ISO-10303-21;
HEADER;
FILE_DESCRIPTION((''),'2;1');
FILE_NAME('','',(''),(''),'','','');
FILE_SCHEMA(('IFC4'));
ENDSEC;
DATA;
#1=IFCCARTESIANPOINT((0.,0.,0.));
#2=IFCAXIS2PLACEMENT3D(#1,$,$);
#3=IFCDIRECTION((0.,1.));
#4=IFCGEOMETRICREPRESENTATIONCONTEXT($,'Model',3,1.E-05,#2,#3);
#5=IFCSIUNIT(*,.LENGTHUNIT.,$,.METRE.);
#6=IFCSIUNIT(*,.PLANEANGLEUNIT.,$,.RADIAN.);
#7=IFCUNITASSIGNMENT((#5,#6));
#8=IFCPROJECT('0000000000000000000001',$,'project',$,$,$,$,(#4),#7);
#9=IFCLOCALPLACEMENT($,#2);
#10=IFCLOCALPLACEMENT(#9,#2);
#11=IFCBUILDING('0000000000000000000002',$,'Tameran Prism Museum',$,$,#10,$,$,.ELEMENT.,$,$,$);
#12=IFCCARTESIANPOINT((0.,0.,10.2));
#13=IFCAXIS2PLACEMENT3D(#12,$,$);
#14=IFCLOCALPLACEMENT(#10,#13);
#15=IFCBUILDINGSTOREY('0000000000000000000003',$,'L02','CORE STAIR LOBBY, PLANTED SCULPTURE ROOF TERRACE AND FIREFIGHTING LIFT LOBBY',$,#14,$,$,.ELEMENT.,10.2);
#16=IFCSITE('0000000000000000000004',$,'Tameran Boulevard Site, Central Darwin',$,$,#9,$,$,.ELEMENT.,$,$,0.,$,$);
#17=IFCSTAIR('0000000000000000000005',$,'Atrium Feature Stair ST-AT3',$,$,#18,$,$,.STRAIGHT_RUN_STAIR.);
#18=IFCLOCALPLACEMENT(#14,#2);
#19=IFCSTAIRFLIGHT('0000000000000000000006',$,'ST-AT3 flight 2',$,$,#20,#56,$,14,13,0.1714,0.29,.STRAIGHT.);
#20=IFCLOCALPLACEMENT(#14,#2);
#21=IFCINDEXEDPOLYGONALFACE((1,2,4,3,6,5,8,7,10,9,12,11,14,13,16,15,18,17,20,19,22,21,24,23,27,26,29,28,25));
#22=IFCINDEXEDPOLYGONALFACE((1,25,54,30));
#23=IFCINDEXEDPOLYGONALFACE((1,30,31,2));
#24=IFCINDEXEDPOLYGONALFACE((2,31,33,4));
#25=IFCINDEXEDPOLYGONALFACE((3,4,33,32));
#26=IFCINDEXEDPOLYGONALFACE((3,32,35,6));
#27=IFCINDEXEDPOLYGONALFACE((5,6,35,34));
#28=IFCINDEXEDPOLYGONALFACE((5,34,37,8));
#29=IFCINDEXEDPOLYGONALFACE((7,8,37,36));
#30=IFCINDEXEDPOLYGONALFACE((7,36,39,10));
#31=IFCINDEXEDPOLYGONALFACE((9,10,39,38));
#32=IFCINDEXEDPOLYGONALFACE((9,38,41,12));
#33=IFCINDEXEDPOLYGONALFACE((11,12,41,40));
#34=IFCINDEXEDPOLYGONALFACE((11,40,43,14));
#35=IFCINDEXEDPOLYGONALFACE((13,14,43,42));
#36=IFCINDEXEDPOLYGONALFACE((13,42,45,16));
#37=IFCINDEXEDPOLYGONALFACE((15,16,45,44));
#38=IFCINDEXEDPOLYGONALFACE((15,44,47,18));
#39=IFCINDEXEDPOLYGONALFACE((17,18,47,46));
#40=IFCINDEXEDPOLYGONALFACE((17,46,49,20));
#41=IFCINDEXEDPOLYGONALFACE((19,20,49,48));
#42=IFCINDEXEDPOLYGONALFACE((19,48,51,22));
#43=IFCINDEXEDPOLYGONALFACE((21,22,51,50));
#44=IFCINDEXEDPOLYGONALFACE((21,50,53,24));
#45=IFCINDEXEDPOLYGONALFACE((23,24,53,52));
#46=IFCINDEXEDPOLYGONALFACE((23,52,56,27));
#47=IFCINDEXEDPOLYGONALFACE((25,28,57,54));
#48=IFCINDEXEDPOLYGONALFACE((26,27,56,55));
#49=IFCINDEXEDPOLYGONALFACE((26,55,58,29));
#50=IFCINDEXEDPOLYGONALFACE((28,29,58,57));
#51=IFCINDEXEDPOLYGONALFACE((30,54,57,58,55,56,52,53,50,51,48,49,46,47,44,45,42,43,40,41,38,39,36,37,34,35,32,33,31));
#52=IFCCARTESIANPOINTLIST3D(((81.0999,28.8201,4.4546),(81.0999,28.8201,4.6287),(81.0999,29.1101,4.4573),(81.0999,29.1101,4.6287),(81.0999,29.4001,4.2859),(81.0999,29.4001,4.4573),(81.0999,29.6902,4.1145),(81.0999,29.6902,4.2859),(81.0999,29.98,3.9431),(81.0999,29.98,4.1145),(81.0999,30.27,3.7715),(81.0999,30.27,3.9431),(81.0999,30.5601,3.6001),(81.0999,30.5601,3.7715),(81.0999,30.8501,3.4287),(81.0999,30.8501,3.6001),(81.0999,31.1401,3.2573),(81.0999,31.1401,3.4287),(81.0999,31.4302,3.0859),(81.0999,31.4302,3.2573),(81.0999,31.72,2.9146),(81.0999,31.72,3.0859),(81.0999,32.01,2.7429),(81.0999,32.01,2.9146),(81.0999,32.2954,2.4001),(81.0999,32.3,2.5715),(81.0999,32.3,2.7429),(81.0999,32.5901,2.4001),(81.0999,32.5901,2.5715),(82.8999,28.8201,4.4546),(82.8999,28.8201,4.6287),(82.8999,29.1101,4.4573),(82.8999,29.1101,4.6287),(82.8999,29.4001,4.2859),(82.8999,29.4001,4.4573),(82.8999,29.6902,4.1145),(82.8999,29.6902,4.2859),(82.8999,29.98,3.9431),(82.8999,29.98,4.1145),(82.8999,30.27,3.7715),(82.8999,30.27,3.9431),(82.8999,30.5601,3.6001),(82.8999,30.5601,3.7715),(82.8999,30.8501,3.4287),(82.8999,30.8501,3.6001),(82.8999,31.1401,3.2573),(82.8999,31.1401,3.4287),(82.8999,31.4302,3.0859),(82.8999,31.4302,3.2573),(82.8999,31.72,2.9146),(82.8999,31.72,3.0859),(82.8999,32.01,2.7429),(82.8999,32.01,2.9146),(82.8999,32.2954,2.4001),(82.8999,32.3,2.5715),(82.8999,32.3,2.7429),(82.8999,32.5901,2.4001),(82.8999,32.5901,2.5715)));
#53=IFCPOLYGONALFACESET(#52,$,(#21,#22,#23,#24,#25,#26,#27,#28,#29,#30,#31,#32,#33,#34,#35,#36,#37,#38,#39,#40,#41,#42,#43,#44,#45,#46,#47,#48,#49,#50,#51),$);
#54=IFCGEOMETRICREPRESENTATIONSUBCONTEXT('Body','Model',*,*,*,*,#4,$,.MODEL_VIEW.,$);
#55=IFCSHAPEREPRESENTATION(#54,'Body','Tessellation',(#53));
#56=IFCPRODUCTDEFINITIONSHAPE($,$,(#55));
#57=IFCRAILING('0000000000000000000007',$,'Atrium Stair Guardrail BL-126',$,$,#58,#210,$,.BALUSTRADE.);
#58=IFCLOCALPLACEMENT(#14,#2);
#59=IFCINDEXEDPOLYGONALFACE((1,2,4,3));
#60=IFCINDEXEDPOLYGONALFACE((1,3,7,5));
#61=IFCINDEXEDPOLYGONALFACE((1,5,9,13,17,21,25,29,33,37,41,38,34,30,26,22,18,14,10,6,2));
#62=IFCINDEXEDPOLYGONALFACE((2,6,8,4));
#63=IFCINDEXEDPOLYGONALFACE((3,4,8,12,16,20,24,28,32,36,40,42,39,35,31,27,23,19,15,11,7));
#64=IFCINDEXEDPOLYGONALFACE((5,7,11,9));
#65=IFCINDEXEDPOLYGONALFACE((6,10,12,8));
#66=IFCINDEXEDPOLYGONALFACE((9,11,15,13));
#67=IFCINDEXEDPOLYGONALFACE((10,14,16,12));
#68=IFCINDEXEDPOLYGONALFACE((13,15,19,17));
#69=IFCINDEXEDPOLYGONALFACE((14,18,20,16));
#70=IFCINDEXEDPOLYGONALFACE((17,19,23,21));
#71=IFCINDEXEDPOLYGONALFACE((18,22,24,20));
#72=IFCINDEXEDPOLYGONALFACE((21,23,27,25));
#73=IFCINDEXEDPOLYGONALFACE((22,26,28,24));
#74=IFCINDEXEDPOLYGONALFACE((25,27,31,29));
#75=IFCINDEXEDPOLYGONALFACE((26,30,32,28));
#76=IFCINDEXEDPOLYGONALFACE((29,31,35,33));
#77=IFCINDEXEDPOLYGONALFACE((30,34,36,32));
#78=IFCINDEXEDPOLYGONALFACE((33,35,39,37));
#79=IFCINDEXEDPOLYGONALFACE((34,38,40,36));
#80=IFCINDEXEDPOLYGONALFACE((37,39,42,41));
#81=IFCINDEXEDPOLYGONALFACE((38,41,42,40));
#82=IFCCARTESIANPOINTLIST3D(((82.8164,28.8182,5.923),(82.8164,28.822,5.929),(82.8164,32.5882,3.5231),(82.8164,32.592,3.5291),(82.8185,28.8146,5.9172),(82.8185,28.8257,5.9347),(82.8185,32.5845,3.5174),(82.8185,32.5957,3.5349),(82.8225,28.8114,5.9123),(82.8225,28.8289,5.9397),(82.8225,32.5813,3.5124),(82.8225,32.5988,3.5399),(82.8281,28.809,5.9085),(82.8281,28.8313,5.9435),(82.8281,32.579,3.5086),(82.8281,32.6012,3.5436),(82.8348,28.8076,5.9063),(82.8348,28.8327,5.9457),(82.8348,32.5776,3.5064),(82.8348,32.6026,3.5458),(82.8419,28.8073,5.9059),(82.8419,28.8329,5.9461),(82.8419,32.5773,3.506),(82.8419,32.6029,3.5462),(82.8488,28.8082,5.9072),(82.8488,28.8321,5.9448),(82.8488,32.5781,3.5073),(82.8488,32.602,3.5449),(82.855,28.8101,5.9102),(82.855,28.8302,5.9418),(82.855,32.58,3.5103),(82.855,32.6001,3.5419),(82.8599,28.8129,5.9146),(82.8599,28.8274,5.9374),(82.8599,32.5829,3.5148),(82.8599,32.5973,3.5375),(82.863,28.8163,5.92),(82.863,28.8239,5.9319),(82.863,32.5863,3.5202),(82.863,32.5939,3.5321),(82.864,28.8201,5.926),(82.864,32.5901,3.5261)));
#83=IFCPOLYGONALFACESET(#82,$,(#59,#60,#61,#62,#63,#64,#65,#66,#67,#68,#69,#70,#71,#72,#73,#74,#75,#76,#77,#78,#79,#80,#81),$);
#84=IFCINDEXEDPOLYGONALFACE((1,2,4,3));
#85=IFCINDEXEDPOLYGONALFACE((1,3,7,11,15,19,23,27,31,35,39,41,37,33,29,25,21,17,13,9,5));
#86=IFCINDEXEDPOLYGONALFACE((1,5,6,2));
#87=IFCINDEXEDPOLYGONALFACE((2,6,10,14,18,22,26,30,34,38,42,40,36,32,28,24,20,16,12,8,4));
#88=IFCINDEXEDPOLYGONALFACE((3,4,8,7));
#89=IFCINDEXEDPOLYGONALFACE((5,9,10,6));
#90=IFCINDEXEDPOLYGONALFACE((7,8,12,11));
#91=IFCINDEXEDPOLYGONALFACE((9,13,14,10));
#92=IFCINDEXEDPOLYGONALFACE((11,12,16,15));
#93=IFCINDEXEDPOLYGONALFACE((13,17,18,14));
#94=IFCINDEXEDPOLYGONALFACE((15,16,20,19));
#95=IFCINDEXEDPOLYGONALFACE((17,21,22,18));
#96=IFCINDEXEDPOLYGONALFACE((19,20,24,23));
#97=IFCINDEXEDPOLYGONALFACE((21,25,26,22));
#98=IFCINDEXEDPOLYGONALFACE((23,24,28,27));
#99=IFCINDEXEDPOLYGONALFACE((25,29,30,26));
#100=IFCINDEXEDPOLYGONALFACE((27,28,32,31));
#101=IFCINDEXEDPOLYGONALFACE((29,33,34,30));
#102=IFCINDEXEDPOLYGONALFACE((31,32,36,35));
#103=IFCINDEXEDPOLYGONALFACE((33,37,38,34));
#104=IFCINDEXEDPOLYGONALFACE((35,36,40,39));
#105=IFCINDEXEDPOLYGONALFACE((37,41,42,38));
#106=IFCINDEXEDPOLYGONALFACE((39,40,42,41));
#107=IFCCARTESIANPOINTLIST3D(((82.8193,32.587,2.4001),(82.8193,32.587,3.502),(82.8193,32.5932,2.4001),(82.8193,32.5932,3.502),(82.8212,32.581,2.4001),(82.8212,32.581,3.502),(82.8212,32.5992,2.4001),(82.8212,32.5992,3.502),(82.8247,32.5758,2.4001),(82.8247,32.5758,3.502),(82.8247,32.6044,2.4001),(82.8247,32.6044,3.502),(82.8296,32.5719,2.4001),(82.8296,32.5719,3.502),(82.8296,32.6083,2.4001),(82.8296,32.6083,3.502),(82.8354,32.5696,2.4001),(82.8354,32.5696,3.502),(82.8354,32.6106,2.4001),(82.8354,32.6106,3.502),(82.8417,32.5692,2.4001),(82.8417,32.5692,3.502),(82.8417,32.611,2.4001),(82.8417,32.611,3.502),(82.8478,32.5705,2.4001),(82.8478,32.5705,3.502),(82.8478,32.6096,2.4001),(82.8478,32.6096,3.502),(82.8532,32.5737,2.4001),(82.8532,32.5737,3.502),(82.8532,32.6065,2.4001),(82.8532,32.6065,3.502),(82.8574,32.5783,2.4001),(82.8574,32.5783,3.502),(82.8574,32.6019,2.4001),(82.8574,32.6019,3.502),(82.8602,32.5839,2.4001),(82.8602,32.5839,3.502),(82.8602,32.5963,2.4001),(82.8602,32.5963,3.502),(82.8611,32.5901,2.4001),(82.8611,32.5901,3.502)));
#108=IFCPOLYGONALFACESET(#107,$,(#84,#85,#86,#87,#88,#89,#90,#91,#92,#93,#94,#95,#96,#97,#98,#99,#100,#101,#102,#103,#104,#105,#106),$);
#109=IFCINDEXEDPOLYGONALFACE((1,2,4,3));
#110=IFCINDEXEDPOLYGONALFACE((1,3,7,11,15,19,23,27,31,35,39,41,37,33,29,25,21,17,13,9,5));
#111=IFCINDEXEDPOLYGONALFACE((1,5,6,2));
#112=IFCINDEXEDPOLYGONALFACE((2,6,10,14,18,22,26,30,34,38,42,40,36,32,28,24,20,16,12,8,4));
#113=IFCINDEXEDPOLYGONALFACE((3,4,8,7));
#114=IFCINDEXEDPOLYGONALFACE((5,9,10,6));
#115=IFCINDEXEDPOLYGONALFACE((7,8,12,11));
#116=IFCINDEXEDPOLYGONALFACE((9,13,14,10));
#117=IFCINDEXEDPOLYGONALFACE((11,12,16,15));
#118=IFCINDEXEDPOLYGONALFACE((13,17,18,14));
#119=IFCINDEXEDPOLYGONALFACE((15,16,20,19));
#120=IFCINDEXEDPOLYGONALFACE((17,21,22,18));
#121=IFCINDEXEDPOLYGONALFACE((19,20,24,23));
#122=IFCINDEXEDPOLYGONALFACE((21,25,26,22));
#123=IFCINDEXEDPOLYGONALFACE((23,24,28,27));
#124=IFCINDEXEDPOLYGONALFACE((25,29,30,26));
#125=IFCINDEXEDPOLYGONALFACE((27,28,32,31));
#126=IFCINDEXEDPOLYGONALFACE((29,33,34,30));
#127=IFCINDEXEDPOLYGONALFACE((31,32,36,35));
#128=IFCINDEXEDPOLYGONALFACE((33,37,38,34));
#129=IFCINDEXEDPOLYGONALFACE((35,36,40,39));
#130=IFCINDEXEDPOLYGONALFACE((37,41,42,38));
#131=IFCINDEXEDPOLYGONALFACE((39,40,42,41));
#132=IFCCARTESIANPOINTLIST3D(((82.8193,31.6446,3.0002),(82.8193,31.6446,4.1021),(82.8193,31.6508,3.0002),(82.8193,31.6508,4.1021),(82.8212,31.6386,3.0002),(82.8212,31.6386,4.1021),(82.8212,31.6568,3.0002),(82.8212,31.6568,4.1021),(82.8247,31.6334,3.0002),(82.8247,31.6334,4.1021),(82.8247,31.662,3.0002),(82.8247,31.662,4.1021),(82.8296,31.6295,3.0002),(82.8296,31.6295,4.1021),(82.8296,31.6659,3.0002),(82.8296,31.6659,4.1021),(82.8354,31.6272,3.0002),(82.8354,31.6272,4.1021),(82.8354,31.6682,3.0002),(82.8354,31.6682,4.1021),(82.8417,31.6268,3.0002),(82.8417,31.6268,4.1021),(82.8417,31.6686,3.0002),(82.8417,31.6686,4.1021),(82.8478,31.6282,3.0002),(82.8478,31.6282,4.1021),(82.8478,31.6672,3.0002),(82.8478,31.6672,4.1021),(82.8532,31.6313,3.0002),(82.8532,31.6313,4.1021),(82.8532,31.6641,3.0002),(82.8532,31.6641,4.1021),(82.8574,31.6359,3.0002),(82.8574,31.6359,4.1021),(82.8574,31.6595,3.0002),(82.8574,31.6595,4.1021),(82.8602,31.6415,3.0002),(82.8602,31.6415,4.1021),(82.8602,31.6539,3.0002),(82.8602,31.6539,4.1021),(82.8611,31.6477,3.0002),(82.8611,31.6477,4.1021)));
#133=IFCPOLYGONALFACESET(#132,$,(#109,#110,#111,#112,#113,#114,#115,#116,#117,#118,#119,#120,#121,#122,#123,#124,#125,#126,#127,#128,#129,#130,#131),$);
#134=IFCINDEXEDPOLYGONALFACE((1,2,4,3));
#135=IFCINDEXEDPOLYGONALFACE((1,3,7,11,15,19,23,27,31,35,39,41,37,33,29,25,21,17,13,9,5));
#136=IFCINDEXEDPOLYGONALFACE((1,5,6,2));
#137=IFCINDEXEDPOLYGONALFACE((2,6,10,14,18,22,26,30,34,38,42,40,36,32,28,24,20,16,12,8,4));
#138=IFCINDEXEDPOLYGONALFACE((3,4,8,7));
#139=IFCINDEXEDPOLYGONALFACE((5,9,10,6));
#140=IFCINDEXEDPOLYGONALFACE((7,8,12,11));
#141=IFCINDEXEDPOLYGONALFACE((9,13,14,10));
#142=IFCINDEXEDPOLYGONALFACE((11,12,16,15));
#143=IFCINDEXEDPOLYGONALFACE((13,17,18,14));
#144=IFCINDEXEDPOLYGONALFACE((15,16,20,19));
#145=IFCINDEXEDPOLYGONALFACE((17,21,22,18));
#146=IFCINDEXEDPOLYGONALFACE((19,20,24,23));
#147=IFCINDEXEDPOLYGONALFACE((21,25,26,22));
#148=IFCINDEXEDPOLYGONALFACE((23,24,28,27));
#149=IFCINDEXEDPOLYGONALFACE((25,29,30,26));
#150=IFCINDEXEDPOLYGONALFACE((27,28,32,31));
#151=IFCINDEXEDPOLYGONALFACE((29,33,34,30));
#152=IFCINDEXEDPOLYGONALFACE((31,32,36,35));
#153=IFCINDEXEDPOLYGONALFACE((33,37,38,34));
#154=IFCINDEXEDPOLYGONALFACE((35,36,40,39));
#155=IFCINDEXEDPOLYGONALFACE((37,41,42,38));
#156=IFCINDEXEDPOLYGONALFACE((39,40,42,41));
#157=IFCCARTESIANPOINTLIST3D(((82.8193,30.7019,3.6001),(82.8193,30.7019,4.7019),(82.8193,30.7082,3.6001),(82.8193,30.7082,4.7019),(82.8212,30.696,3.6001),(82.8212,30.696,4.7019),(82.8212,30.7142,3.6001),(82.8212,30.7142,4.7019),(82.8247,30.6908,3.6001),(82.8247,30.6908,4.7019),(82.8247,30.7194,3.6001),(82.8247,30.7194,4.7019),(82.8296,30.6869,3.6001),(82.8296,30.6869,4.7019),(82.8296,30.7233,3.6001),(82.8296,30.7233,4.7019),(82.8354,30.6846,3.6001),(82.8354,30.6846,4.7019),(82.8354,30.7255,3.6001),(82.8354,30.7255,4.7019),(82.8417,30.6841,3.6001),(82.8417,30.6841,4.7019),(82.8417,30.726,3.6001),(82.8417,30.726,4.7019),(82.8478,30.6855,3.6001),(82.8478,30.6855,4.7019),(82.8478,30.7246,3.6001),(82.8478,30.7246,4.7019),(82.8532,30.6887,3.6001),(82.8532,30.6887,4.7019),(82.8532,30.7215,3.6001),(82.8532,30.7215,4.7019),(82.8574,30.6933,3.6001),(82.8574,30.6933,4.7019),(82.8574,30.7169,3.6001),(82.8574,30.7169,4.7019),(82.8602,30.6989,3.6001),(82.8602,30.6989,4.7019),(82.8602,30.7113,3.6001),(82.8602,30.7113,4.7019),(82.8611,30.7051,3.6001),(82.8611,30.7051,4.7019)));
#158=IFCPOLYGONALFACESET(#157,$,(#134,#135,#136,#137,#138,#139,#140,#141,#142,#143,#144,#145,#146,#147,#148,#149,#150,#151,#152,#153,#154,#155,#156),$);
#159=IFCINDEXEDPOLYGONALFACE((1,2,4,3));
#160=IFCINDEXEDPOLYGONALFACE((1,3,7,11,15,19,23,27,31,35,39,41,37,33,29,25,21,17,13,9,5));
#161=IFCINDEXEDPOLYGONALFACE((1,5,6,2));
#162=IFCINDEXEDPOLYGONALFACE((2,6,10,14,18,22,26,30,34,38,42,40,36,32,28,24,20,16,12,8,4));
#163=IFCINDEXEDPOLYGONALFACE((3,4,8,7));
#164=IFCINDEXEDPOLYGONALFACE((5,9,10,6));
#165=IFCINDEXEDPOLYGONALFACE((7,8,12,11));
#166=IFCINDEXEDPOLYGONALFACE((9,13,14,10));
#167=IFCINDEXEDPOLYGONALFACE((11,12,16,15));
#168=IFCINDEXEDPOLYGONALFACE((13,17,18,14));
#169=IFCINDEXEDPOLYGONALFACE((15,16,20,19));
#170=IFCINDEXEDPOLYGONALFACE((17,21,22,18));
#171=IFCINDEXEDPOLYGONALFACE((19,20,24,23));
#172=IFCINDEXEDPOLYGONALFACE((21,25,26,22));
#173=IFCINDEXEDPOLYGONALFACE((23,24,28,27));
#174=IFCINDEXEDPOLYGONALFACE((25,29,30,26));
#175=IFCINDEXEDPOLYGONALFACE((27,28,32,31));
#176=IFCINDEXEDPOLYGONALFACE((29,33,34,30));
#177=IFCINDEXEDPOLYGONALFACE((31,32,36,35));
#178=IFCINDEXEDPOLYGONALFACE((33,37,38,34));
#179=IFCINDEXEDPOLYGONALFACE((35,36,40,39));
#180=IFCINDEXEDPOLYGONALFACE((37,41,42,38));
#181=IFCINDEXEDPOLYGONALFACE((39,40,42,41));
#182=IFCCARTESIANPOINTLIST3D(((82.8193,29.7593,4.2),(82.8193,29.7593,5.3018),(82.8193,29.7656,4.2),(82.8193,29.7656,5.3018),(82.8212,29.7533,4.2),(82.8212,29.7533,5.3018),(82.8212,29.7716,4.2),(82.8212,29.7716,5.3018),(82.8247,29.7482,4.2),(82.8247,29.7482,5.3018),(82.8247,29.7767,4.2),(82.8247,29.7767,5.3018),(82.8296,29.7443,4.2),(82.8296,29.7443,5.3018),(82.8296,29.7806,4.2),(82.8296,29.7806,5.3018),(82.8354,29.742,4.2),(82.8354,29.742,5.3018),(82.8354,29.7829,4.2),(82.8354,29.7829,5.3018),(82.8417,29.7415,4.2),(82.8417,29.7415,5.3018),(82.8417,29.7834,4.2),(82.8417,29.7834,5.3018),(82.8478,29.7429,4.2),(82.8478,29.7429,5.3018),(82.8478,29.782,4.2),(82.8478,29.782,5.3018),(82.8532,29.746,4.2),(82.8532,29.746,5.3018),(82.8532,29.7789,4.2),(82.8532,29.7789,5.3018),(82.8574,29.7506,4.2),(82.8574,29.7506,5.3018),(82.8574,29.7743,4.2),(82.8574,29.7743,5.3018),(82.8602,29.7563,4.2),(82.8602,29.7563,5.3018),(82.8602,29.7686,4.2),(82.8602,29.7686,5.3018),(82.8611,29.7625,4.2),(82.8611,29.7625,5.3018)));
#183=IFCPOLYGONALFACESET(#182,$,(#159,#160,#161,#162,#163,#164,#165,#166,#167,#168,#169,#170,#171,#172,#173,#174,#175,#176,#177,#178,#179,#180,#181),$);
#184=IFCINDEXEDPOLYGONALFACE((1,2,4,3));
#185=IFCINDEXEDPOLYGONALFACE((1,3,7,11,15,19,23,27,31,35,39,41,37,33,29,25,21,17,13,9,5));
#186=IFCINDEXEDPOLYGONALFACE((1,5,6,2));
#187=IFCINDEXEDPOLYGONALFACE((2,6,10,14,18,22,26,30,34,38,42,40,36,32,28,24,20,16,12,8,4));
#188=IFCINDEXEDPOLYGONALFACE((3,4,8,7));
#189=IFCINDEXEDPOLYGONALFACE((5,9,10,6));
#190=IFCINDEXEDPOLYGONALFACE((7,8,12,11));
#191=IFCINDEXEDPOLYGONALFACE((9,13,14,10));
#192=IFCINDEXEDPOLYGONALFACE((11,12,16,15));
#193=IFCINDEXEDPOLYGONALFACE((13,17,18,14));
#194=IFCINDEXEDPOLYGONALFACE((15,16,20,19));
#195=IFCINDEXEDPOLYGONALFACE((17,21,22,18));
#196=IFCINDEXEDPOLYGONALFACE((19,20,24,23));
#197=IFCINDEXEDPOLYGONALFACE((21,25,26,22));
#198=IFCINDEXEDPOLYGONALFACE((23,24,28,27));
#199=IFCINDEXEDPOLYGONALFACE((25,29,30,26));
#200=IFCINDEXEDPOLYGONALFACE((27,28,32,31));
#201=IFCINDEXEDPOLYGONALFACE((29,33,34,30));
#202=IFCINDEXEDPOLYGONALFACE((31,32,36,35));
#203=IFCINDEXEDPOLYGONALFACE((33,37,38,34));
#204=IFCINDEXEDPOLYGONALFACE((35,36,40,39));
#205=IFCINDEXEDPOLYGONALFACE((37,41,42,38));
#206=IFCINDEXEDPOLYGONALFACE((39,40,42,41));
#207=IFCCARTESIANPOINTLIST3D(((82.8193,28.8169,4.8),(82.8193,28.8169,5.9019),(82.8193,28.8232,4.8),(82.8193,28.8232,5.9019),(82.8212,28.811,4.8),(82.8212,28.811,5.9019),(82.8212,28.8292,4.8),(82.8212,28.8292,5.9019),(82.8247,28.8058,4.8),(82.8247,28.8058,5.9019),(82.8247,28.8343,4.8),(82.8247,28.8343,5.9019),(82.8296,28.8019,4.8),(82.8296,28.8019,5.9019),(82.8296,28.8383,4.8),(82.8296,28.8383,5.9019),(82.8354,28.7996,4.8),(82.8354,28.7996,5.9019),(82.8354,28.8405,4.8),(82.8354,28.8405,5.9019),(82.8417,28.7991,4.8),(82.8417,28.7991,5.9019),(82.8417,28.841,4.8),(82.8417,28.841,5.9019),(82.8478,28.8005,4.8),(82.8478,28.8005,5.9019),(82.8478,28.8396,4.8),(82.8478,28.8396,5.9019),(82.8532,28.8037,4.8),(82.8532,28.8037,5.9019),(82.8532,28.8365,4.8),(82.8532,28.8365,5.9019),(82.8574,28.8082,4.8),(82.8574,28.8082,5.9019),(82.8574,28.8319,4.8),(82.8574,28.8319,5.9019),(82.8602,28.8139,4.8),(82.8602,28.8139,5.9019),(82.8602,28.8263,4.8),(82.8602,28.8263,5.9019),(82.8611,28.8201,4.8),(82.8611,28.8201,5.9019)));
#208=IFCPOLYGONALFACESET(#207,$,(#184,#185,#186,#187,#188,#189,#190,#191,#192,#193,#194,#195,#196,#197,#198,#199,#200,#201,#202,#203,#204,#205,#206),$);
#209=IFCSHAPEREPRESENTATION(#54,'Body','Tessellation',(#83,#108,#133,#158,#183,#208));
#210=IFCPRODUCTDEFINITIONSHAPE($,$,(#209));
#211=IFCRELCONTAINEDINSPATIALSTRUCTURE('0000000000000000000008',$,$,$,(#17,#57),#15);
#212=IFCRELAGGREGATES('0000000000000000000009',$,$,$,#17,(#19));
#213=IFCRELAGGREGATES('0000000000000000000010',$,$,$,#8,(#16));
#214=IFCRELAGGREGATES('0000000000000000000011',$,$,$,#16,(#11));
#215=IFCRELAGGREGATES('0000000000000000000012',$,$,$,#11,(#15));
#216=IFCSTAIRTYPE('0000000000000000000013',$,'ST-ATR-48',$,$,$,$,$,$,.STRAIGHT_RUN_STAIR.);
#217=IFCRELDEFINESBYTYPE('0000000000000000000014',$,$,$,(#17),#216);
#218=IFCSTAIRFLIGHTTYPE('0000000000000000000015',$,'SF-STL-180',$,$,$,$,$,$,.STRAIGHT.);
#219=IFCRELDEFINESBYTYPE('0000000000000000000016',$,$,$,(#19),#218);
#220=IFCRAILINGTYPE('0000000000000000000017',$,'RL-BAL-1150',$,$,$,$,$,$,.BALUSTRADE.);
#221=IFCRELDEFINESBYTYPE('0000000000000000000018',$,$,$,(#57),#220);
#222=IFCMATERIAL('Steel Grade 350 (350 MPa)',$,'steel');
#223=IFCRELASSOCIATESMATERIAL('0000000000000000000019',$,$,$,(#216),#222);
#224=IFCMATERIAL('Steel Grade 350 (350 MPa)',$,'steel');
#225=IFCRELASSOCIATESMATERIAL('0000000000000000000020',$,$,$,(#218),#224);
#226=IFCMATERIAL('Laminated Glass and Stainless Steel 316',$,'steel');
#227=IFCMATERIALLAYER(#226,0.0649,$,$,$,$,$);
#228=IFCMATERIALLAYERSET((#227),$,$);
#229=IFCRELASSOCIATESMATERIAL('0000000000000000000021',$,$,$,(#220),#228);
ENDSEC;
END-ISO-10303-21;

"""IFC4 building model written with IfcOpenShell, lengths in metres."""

from ifc_helpers import new_model, si_unit, direction, frame, origin, origin_2d, place, context, subcontext, project, spatial, polyline, circle, outline, extrude, material, layer, layer_set, type_object, element, aggregate, save


model = new_model("IFC4")

# Units and contexts
model_context = context("Model", 3, precision=1e-05, world=origin(), true_north=direction((0.0, 1.0)))
body_context = subcontext(model_context, "Body", "Model", "MODEL_VIEW")
ifc_project = project(units=[si_unit("LENGTHUNIT", "METRE"), si_unit("PLANEANGLEUNIT", "RADIAN")], contexts=[model_context])

# Site, building, storey
site_placement = place(None, origin())
site = spatial("IfcSite", under=ifc_project, at=site_placement, Name="Tameran Boulevard Site, Central Darwin", CompositionType="ELEMENT", RefElevation=0.0)
building_placement = place(site_placement, origin())
building = spatial("IfcBuilding", under=site, at=building_placement, Name="Tameran Prism Museum", CompositionType="ELEMENT")
storey_placement = place(building_placement, frame((0.0, 0.0, 10.2)))
storey = spatial("IfcBuildingStorey", under=building, at=storey_placement, Name="L02", Description="CORE STAIR LOBBY, PLANTED SCULPTURE ROOF TERRACE AND FIREFIGHTING LIFT LOBBY", CompositionType="ELEMENT", Elevation=10.2)

# Stair, stair flight
ifc_material_1 = material(Name="Steel Grade 350 (350 MPa)", Category="steel")
stair_type = type_object("IfcStairType", Name="ST-ATR-48", PredefinedType="STRAIGHT_RUN_STAIR", material=ifc_material_1)
stair_placement = place(storey_placement, origin())
stair = element("IfcStair", 1, at=stair_placement, inside=storey, type_object=stair_type, Name="Atrium Feature Stair ST-AT3", PredefinedType="STRAIGHT_RUN_STAIR")
ifc_material_2 = material(Name="Steel Grade 350 (350 MPa)", Category="steel")
stair_flight_type = type_object("IfcStairFlightType", Name="SF-STL-180", PredefinedType="STRAIGHT", material=ifc_material_2)
stair_flight_placement = place(storey_placement, frame((82.0, 32.5901, 2.4001), z_axis=(0.0, 0.0, 1.0), x_axis=(0.0, -1.0, 0.0)))
stair_flight = element("IfcStairFlight", 2, at=stair_flight_placement, type_object=stair_flight_type, Name="ST-AT3 flight 2", NumberOfRisers=14, NumberOfTreads=13, PredefinedType="STRAIGHT", RiserHeight=0.1714, TreadLength=0.29, context=body_context, shape_type="SweptSolid", body=[
    extrude(outline(polyline([(0.0, 0.0), (0.0, 0.1714), (0.29, 0.1714), (0.29, 0.3428), (0.5801, 0.3428), (0.5801, 0.5144), (0.8701, 0.5144), (0.8701, 0.6858), (1.1599, 0.6858), (1.1599, 0.8572), (1.45, 0.8572), (1.45, 1.0286), (1.74, 1.0286), (1.74, 1.2), (2.03, 1.2), (2.03, 1.3713), (2.3201, 1.3713), (2.3201, 1.543), (2.6101, 1.543), (2.6101, 1.7144), (2.8999, 1.7144), (2.8999, 1.8857), (3.1899, 1.8857), (3.1899, 2.0571), (3.48, 2.0571), (3.48, 2.2285), (3.77, 2.2285), (3.77, 2.3999), (3.77, 2.0544), (0.2947, 0.0), (0.0, 0.0)])), frame((0.0, 0.8999, 0.0), z_axis=(0.0, -1.0, 0.0), x_axis=(1.0, 0.0, 0.0)), (0.0, 0.0, 1.0), 1.8),
])
aggregate(stair, [stair_flight])

# Railing
ifc_material_3 = material(Name="Laminated Glass and Stainless Steel 316", Category="steel")
ifc_layer_1 = layer(ifc_material_3, 0.0649)
ifc_layer_set_1 = layer_set([ifc_layer_1])
railing_type = type_object("IfcRailingType", Name="RL-BAL-1150", PredefinedType="BALUSTRADE", material=ifc_layer_set_1)
railing_1_placement = place(storey_placement, frame((82.8401, 32.5901, 2.4001)))
element("IfcRailing", 3, at=railing_1_placement, inside=storey, type_object=railing_type, Name="Atrium Stair Guardrail BL-126", PredefinedType="BALUSTRADE", context=body_context, shape_type="SweptSolid", body=[
    extrude(circle(Radius=0.0239, at=origin_2d()), frame((0.0, 0.0, 1.126), z_axis=(0.0, -0.84358, 0.537003), x_axis=(1.0, 0.0, 0.0)), (0.0, 0.0, 1.0), 4.469),
    extrude(circle(Radius=0.021, at=origin_2d()), origin(), (0.0, 0.0, 1.0), 1.1018),
    extrude(circle(Radius=0.021, at=origin_2d()), frame((0.0, -0.9424, 0.6001)), (0.0, 0.0, 1.0), 1.1018),
    extrude(circle(Radius=0.021, at=origin_2d()), frame((0.0, -1.885, 1.2)), (0.0, 0.0, 1.0), 1.1018),
    extrude(circle(Radius=0.021, at=origin_2d()), frame((0.0, -2.8276, 1.7998)), (0.0, 0.0, 1.0), 1.1018),
    extrude(circle(Radius=0.021, at=origin_2d()), frame((0.0, -3.77, 2.3999)), (0.0, 0.0, 1.0), 1.1018),
])

save(model, "model.ifc")
